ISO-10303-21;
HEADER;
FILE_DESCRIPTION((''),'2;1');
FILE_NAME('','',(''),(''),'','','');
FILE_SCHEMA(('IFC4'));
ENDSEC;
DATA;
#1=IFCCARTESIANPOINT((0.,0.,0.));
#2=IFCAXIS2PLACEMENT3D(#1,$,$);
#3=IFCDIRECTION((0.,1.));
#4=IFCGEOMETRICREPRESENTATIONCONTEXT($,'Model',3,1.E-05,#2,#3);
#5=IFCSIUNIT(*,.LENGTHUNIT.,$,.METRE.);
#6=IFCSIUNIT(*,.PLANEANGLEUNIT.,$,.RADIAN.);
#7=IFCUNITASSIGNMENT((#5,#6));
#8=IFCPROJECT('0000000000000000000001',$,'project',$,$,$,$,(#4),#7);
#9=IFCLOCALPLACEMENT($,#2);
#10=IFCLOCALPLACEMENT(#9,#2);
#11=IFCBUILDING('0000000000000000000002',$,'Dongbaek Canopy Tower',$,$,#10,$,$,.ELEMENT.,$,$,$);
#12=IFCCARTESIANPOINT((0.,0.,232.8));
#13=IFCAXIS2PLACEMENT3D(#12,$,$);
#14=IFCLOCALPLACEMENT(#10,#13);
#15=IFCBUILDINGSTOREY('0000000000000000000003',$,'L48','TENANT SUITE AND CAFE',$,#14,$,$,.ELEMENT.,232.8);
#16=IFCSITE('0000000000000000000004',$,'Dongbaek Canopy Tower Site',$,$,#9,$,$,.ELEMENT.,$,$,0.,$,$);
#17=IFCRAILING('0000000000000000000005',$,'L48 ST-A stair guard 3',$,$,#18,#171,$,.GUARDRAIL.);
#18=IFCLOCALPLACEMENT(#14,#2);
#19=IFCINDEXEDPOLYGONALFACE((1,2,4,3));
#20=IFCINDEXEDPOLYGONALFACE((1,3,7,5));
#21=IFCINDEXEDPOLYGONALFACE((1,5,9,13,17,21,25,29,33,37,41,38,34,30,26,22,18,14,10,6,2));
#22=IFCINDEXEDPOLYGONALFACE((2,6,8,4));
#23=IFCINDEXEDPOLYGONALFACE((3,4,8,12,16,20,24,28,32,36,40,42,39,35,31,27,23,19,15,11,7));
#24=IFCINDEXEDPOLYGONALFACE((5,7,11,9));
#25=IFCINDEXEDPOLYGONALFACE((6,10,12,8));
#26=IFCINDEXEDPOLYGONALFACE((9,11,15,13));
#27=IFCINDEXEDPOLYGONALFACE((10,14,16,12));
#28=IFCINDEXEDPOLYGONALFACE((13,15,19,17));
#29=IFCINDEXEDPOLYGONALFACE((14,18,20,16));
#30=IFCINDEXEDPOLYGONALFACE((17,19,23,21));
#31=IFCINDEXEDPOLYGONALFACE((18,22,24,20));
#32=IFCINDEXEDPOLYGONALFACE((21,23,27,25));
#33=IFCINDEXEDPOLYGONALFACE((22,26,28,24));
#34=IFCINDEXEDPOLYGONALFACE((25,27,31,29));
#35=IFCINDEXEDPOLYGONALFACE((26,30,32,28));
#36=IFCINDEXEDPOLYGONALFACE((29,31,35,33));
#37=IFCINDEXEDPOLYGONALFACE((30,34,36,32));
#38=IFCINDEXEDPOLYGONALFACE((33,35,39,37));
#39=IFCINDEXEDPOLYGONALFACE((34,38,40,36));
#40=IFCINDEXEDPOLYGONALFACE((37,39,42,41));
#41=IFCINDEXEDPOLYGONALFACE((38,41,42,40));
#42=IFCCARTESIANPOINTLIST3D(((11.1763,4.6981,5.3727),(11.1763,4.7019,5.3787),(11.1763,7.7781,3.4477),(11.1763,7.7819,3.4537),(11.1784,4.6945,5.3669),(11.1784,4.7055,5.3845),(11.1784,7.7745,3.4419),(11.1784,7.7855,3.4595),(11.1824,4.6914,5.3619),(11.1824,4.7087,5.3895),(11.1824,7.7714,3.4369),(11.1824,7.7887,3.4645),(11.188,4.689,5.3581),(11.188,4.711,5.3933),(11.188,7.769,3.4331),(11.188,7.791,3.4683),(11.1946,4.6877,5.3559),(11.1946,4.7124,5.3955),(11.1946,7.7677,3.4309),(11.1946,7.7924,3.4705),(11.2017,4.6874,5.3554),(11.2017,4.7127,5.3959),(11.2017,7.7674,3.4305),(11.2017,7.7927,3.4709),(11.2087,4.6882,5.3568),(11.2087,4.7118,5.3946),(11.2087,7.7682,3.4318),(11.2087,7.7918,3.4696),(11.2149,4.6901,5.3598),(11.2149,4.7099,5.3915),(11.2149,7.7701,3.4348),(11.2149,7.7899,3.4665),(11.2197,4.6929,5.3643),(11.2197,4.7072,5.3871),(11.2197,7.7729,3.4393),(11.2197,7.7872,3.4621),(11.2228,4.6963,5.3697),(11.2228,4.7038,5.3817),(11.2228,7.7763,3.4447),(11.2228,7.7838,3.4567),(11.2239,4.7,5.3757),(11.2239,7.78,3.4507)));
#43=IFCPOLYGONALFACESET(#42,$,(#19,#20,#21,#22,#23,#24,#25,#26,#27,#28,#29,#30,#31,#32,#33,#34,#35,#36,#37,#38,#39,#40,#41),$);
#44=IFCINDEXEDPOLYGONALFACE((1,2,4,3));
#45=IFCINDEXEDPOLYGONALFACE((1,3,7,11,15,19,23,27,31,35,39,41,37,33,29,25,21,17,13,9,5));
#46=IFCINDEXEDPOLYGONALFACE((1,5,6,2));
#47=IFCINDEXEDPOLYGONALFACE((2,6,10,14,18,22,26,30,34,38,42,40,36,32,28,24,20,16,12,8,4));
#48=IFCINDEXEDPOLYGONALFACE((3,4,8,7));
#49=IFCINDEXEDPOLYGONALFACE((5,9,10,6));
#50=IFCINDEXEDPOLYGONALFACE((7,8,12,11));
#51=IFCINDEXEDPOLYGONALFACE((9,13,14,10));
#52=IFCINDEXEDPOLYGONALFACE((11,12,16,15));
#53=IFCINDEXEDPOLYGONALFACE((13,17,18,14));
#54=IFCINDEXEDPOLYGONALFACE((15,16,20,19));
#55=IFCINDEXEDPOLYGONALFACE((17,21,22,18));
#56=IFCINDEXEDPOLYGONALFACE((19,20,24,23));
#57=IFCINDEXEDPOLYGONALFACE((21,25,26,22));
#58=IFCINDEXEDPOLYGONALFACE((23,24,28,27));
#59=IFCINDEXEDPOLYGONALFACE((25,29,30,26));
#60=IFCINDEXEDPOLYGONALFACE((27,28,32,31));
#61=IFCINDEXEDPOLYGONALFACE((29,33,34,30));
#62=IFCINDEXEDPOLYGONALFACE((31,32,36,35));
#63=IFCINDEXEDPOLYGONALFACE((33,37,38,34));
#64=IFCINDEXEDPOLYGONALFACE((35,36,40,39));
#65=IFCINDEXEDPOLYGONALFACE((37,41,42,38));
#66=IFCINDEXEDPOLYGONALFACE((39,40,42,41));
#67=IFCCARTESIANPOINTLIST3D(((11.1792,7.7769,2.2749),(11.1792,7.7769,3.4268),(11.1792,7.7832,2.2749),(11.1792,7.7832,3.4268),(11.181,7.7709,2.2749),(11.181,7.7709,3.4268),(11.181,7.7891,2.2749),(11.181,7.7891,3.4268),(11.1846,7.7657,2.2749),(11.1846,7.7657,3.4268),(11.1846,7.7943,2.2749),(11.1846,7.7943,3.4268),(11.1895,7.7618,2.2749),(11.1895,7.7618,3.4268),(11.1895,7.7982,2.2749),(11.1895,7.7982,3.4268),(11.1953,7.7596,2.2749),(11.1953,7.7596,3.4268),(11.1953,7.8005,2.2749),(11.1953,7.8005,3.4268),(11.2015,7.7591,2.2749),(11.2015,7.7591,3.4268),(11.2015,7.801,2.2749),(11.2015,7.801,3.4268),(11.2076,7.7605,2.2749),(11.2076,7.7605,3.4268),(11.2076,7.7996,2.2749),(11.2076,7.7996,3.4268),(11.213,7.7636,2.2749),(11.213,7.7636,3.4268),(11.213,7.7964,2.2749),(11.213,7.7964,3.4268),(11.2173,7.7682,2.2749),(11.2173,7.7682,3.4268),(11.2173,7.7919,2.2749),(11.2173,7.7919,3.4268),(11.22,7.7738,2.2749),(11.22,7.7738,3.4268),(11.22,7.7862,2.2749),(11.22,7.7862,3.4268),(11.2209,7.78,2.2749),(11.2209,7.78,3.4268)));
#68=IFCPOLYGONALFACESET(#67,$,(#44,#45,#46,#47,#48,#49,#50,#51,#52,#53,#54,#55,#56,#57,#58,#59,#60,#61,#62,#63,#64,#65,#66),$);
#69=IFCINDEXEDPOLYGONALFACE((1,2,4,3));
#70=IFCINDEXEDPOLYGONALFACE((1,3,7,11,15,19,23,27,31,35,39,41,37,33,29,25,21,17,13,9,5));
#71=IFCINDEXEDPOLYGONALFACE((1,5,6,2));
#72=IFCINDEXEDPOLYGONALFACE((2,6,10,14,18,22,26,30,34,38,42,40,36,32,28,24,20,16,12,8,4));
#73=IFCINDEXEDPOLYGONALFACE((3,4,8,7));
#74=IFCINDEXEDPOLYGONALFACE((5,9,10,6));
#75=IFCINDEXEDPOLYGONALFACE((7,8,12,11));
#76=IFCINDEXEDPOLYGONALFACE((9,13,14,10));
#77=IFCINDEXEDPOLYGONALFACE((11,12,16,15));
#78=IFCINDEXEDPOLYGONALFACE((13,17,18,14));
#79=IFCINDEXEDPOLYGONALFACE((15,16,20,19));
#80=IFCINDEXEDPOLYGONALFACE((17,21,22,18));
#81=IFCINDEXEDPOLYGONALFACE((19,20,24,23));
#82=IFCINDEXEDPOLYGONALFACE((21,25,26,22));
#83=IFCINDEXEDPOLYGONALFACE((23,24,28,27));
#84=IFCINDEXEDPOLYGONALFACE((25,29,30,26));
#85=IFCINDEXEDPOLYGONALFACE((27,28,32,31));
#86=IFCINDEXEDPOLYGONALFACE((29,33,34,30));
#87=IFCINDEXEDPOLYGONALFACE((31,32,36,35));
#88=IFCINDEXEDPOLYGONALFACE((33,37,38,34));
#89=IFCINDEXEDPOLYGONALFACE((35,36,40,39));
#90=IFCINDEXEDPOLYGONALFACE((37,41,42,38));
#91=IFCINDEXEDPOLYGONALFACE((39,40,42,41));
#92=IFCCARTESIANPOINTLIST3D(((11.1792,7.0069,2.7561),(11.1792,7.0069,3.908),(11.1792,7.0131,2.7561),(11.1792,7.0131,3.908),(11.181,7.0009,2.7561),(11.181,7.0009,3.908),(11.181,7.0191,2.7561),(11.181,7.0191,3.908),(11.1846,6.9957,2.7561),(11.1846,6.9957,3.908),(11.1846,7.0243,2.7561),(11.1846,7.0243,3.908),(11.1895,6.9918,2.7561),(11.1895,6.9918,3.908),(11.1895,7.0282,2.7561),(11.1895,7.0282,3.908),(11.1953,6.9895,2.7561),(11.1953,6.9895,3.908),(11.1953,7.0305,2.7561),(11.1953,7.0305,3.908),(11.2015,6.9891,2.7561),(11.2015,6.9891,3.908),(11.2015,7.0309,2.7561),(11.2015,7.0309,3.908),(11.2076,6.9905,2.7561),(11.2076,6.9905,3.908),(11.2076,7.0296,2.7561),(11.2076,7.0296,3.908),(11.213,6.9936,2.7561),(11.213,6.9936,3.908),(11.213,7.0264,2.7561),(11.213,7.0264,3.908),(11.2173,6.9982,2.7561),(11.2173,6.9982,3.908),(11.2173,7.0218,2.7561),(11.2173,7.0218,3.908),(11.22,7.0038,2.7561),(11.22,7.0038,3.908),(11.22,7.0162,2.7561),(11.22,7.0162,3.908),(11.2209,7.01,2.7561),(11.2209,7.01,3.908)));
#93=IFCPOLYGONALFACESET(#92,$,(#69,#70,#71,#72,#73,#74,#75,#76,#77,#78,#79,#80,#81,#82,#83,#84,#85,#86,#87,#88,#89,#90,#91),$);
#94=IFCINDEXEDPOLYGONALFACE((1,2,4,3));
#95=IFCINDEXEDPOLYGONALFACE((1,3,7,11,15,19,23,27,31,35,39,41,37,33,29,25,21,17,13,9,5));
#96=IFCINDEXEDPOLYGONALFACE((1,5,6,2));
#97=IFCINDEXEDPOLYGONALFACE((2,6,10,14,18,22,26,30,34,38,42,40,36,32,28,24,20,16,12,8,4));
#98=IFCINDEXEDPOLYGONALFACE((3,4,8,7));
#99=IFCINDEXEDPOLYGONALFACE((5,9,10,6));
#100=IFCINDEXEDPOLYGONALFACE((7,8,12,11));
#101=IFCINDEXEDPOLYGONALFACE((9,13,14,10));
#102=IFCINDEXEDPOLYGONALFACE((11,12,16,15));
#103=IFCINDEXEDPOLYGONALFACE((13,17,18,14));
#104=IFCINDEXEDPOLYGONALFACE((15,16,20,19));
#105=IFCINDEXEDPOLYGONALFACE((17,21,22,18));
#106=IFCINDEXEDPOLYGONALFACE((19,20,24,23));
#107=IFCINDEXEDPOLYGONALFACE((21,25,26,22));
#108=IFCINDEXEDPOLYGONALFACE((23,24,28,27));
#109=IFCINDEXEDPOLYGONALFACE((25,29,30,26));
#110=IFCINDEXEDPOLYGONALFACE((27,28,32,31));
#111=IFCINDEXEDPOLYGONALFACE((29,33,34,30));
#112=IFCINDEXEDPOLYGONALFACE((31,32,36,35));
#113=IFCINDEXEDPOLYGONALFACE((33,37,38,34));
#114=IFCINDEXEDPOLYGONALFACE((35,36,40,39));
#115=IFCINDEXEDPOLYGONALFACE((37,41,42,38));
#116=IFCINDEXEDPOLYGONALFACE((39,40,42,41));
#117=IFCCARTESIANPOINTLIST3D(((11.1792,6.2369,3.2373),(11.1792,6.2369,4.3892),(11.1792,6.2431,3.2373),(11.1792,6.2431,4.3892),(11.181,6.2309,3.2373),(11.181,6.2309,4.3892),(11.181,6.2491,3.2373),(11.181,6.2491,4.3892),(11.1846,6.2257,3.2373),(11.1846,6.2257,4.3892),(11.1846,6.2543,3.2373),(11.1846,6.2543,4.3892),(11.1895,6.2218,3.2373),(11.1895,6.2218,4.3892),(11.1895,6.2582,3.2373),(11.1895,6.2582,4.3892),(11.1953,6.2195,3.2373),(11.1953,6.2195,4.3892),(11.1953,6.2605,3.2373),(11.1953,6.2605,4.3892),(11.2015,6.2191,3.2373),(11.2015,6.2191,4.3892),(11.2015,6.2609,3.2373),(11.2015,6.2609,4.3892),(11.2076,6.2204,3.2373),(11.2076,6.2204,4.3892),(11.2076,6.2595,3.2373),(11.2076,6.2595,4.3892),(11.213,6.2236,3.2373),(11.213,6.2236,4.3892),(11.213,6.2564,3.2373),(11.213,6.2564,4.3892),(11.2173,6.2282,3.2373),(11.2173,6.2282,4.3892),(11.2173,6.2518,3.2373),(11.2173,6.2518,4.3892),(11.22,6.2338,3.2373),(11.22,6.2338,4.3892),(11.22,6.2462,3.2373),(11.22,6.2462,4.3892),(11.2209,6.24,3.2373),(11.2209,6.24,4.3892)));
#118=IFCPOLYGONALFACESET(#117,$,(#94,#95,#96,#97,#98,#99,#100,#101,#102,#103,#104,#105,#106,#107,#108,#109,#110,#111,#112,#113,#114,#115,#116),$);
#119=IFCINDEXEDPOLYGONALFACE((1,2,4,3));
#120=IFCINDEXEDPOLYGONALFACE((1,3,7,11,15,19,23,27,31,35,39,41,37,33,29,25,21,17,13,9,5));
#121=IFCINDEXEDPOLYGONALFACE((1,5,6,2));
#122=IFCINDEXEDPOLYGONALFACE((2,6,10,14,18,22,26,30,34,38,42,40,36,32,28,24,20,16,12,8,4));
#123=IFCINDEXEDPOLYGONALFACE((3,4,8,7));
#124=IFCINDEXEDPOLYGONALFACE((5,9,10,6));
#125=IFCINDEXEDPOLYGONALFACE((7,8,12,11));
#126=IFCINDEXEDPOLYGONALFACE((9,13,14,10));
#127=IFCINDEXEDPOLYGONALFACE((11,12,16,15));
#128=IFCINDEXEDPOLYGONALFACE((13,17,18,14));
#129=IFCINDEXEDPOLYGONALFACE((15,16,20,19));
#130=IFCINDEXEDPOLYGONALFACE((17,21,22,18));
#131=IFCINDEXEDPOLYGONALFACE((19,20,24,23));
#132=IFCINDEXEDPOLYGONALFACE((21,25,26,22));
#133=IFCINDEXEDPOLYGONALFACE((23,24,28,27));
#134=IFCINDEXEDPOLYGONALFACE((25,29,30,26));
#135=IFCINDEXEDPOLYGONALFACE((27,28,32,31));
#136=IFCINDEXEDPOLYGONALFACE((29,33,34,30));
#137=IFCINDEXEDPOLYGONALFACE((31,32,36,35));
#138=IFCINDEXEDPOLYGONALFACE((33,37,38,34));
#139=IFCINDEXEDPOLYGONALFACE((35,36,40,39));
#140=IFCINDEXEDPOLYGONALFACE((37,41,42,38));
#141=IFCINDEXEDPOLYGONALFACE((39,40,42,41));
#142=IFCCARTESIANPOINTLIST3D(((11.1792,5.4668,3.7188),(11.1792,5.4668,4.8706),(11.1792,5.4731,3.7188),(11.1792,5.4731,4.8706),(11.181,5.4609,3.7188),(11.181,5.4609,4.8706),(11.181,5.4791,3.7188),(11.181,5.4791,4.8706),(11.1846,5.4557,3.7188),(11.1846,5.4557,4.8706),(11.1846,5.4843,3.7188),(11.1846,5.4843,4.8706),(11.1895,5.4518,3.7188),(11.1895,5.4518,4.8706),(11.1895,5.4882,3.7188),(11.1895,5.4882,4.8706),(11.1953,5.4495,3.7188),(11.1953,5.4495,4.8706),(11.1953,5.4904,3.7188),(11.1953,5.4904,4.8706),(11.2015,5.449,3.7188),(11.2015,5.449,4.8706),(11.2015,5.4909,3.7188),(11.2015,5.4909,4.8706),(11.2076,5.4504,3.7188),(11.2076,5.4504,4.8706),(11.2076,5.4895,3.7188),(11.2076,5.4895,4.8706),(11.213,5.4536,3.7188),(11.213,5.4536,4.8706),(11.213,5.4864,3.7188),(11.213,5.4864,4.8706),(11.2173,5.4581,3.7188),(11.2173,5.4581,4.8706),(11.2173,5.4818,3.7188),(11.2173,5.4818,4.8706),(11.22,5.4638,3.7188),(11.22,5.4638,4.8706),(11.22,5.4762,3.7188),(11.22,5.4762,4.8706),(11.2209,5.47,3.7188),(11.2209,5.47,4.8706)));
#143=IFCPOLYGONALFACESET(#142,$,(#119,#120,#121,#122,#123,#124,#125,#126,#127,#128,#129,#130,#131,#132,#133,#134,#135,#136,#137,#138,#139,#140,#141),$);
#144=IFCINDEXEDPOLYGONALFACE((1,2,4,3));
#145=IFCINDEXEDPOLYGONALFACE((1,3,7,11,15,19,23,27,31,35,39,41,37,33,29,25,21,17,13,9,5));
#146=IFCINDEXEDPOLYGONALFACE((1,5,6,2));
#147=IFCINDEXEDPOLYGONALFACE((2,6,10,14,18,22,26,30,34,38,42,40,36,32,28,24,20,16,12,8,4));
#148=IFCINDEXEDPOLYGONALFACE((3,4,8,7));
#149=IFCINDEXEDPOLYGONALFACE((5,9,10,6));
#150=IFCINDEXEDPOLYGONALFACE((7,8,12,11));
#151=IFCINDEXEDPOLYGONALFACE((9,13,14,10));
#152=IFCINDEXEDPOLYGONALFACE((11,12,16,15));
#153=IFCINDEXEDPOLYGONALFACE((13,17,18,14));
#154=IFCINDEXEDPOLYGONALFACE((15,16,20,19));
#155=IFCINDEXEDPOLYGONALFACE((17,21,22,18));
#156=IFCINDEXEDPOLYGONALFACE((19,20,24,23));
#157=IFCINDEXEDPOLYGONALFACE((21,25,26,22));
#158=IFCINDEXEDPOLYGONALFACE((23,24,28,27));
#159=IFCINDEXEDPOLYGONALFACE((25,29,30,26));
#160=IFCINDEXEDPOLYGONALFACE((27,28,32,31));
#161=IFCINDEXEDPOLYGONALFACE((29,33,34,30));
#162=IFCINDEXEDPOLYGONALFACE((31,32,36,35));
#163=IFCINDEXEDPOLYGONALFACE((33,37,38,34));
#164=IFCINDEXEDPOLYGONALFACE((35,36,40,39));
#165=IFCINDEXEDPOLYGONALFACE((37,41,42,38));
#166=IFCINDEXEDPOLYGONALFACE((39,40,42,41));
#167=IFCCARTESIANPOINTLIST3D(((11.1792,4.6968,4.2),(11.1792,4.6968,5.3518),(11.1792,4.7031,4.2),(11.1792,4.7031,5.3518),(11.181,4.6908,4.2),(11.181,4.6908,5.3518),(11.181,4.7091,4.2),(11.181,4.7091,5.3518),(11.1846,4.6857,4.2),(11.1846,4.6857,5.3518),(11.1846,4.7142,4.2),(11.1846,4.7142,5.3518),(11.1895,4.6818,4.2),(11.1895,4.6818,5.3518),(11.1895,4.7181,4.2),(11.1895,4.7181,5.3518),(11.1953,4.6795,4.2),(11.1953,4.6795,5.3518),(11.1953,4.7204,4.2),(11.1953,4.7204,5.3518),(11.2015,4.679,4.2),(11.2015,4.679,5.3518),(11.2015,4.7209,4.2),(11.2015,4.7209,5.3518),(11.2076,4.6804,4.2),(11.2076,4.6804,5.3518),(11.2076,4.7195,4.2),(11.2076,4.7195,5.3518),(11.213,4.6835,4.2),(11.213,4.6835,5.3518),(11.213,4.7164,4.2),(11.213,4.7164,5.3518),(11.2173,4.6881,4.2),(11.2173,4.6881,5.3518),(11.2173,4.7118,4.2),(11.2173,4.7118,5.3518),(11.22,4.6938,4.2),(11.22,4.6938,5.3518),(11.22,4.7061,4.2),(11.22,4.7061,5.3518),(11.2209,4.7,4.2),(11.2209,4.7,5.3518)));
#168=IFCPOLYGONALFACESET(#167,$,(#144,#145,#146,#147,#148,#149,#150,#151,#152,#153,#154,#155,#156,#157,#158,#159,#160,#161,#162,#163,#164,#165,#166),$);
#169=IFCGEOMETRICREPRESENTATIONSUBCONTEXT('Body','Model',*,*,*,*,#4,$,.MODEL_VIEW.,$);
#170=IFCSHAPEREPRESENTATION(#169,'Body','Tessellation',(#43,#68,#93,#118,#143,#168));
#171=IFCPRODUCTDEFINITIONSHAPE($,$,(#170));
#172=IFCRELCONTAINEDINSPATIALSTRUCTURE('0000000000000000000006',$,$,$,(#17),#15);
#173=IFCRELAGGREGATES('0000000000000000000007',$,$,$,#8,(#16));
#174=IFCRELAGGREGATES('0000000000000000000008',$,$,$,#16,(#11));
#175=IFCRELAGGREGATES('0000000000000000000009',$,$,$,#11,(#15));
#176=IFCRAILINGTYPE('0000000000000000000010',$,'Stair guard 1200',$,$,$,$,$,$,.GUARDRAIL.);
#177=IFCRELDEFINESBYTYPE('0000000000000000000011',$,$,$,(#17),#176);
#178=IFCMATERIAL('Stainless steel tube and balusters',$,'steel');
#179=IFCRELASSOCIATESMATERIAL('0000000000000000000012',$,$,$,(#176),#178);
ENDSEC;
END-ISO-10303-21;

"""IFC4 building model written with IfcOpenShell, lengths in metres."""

from ifc_helpers import new_model, si_unit, direction, frame, origin, origin_2d, place, context, subcontext, project, spatial, circle, extrude, material, type_object, element, save


model = new_model("IFC4")

# Units and contexts
model_context = context("Model", 3, precision=1e-05, world=origin(), true_north=direction((0.0, 1.0)))
body_context = subcontext(model_context, "Body", "Model", "MODEL_VIEW")
ifc_project = project(units=[si_unit("LENGTHUNIT", "METRE"), si_unit("PLANEANGLEUNIT", "RADIAN")], contexts=[model_context])

# Site, building, storey
site_placement = place(None, origin())
site = spatial("IfcSite", under=ifc_project, at=site_placement, Name="Dongbaek Canopy Tower Site", CompositionType="ELEMENT", RefElevation=0.0)
building_placement = place(site_placement, origin())
building = spatial("IfcBuilding", under=site, at=building_placement, Name="Dongbaek Canopy Tower", CompositionType="ELEMENT")
storey_placement = place(building_placement, frame((0.0, 0.0, 232.8)))
storey = spatial("IfcBuildingStorey", under=building, at=storey_placement, Name="L48", Description="TENANT SUITE AND CAFE", CompositionType="ELEMENT", Elevation=232.8)

# Railing
ifc_material_1 = material(Name="Stainless steel tube and balusters", Category="steel")
railing_type_1 = type_object("IfcRailingType", Name="Stair guard 1200", PredefinedType="GUARDRAIL", material=ifc_material_1)
railing_1_placement = place(storey_placement, frame((11.2, 7.78, 2.2749)))
element("IfcRailing", 1, at=railing_1_placement, inside=storey, type_object=railing_type_1, Name="L48 ST-A stair guard 3", PredefinedType="GUARDRAIL", context=body_context, shape_type="SweptSolid", body=[
    extrude(circle(Radius=0.0239, at=origin_2d()), frame((0.0, 0.0, 1.1758), z_axis=(0.0, -0.847998, 0.529999), x_axis=(1.0, 0.0, 0.0)), (0.0, 0.0, 1.0), 3.6321),
    extrude(circle(Radius=0.021, at=origin_2d()), origin(), (0.0, 0.0, 1.0), 1.1519),
    extrude(circle(Radius=0.021, at=origin_2d()), frame((0.0, -0.77, 0.4812)), (0.0, 0.0, 1.0), 1.1519),
    extrude(circle(Radius=0.021, at=origin_2d()), frame((0.0, -1.54, 0.9624)), (0.0, 0.0, 1.0), 1.1519),
    extrude(circle(Radius=0.021, at=origin_2d()), frame((0.0, -2.3101, 1.4438)), (0.0, 0.0, 1.0), 1.1519),
    extrude(circle(Radius=0.021, at=origin_2d()), frame((0.0, -3.0801, 1.925)), (0.0, 0.0, 1.0), 1.1519),
])

save(model, "model.ifc")
